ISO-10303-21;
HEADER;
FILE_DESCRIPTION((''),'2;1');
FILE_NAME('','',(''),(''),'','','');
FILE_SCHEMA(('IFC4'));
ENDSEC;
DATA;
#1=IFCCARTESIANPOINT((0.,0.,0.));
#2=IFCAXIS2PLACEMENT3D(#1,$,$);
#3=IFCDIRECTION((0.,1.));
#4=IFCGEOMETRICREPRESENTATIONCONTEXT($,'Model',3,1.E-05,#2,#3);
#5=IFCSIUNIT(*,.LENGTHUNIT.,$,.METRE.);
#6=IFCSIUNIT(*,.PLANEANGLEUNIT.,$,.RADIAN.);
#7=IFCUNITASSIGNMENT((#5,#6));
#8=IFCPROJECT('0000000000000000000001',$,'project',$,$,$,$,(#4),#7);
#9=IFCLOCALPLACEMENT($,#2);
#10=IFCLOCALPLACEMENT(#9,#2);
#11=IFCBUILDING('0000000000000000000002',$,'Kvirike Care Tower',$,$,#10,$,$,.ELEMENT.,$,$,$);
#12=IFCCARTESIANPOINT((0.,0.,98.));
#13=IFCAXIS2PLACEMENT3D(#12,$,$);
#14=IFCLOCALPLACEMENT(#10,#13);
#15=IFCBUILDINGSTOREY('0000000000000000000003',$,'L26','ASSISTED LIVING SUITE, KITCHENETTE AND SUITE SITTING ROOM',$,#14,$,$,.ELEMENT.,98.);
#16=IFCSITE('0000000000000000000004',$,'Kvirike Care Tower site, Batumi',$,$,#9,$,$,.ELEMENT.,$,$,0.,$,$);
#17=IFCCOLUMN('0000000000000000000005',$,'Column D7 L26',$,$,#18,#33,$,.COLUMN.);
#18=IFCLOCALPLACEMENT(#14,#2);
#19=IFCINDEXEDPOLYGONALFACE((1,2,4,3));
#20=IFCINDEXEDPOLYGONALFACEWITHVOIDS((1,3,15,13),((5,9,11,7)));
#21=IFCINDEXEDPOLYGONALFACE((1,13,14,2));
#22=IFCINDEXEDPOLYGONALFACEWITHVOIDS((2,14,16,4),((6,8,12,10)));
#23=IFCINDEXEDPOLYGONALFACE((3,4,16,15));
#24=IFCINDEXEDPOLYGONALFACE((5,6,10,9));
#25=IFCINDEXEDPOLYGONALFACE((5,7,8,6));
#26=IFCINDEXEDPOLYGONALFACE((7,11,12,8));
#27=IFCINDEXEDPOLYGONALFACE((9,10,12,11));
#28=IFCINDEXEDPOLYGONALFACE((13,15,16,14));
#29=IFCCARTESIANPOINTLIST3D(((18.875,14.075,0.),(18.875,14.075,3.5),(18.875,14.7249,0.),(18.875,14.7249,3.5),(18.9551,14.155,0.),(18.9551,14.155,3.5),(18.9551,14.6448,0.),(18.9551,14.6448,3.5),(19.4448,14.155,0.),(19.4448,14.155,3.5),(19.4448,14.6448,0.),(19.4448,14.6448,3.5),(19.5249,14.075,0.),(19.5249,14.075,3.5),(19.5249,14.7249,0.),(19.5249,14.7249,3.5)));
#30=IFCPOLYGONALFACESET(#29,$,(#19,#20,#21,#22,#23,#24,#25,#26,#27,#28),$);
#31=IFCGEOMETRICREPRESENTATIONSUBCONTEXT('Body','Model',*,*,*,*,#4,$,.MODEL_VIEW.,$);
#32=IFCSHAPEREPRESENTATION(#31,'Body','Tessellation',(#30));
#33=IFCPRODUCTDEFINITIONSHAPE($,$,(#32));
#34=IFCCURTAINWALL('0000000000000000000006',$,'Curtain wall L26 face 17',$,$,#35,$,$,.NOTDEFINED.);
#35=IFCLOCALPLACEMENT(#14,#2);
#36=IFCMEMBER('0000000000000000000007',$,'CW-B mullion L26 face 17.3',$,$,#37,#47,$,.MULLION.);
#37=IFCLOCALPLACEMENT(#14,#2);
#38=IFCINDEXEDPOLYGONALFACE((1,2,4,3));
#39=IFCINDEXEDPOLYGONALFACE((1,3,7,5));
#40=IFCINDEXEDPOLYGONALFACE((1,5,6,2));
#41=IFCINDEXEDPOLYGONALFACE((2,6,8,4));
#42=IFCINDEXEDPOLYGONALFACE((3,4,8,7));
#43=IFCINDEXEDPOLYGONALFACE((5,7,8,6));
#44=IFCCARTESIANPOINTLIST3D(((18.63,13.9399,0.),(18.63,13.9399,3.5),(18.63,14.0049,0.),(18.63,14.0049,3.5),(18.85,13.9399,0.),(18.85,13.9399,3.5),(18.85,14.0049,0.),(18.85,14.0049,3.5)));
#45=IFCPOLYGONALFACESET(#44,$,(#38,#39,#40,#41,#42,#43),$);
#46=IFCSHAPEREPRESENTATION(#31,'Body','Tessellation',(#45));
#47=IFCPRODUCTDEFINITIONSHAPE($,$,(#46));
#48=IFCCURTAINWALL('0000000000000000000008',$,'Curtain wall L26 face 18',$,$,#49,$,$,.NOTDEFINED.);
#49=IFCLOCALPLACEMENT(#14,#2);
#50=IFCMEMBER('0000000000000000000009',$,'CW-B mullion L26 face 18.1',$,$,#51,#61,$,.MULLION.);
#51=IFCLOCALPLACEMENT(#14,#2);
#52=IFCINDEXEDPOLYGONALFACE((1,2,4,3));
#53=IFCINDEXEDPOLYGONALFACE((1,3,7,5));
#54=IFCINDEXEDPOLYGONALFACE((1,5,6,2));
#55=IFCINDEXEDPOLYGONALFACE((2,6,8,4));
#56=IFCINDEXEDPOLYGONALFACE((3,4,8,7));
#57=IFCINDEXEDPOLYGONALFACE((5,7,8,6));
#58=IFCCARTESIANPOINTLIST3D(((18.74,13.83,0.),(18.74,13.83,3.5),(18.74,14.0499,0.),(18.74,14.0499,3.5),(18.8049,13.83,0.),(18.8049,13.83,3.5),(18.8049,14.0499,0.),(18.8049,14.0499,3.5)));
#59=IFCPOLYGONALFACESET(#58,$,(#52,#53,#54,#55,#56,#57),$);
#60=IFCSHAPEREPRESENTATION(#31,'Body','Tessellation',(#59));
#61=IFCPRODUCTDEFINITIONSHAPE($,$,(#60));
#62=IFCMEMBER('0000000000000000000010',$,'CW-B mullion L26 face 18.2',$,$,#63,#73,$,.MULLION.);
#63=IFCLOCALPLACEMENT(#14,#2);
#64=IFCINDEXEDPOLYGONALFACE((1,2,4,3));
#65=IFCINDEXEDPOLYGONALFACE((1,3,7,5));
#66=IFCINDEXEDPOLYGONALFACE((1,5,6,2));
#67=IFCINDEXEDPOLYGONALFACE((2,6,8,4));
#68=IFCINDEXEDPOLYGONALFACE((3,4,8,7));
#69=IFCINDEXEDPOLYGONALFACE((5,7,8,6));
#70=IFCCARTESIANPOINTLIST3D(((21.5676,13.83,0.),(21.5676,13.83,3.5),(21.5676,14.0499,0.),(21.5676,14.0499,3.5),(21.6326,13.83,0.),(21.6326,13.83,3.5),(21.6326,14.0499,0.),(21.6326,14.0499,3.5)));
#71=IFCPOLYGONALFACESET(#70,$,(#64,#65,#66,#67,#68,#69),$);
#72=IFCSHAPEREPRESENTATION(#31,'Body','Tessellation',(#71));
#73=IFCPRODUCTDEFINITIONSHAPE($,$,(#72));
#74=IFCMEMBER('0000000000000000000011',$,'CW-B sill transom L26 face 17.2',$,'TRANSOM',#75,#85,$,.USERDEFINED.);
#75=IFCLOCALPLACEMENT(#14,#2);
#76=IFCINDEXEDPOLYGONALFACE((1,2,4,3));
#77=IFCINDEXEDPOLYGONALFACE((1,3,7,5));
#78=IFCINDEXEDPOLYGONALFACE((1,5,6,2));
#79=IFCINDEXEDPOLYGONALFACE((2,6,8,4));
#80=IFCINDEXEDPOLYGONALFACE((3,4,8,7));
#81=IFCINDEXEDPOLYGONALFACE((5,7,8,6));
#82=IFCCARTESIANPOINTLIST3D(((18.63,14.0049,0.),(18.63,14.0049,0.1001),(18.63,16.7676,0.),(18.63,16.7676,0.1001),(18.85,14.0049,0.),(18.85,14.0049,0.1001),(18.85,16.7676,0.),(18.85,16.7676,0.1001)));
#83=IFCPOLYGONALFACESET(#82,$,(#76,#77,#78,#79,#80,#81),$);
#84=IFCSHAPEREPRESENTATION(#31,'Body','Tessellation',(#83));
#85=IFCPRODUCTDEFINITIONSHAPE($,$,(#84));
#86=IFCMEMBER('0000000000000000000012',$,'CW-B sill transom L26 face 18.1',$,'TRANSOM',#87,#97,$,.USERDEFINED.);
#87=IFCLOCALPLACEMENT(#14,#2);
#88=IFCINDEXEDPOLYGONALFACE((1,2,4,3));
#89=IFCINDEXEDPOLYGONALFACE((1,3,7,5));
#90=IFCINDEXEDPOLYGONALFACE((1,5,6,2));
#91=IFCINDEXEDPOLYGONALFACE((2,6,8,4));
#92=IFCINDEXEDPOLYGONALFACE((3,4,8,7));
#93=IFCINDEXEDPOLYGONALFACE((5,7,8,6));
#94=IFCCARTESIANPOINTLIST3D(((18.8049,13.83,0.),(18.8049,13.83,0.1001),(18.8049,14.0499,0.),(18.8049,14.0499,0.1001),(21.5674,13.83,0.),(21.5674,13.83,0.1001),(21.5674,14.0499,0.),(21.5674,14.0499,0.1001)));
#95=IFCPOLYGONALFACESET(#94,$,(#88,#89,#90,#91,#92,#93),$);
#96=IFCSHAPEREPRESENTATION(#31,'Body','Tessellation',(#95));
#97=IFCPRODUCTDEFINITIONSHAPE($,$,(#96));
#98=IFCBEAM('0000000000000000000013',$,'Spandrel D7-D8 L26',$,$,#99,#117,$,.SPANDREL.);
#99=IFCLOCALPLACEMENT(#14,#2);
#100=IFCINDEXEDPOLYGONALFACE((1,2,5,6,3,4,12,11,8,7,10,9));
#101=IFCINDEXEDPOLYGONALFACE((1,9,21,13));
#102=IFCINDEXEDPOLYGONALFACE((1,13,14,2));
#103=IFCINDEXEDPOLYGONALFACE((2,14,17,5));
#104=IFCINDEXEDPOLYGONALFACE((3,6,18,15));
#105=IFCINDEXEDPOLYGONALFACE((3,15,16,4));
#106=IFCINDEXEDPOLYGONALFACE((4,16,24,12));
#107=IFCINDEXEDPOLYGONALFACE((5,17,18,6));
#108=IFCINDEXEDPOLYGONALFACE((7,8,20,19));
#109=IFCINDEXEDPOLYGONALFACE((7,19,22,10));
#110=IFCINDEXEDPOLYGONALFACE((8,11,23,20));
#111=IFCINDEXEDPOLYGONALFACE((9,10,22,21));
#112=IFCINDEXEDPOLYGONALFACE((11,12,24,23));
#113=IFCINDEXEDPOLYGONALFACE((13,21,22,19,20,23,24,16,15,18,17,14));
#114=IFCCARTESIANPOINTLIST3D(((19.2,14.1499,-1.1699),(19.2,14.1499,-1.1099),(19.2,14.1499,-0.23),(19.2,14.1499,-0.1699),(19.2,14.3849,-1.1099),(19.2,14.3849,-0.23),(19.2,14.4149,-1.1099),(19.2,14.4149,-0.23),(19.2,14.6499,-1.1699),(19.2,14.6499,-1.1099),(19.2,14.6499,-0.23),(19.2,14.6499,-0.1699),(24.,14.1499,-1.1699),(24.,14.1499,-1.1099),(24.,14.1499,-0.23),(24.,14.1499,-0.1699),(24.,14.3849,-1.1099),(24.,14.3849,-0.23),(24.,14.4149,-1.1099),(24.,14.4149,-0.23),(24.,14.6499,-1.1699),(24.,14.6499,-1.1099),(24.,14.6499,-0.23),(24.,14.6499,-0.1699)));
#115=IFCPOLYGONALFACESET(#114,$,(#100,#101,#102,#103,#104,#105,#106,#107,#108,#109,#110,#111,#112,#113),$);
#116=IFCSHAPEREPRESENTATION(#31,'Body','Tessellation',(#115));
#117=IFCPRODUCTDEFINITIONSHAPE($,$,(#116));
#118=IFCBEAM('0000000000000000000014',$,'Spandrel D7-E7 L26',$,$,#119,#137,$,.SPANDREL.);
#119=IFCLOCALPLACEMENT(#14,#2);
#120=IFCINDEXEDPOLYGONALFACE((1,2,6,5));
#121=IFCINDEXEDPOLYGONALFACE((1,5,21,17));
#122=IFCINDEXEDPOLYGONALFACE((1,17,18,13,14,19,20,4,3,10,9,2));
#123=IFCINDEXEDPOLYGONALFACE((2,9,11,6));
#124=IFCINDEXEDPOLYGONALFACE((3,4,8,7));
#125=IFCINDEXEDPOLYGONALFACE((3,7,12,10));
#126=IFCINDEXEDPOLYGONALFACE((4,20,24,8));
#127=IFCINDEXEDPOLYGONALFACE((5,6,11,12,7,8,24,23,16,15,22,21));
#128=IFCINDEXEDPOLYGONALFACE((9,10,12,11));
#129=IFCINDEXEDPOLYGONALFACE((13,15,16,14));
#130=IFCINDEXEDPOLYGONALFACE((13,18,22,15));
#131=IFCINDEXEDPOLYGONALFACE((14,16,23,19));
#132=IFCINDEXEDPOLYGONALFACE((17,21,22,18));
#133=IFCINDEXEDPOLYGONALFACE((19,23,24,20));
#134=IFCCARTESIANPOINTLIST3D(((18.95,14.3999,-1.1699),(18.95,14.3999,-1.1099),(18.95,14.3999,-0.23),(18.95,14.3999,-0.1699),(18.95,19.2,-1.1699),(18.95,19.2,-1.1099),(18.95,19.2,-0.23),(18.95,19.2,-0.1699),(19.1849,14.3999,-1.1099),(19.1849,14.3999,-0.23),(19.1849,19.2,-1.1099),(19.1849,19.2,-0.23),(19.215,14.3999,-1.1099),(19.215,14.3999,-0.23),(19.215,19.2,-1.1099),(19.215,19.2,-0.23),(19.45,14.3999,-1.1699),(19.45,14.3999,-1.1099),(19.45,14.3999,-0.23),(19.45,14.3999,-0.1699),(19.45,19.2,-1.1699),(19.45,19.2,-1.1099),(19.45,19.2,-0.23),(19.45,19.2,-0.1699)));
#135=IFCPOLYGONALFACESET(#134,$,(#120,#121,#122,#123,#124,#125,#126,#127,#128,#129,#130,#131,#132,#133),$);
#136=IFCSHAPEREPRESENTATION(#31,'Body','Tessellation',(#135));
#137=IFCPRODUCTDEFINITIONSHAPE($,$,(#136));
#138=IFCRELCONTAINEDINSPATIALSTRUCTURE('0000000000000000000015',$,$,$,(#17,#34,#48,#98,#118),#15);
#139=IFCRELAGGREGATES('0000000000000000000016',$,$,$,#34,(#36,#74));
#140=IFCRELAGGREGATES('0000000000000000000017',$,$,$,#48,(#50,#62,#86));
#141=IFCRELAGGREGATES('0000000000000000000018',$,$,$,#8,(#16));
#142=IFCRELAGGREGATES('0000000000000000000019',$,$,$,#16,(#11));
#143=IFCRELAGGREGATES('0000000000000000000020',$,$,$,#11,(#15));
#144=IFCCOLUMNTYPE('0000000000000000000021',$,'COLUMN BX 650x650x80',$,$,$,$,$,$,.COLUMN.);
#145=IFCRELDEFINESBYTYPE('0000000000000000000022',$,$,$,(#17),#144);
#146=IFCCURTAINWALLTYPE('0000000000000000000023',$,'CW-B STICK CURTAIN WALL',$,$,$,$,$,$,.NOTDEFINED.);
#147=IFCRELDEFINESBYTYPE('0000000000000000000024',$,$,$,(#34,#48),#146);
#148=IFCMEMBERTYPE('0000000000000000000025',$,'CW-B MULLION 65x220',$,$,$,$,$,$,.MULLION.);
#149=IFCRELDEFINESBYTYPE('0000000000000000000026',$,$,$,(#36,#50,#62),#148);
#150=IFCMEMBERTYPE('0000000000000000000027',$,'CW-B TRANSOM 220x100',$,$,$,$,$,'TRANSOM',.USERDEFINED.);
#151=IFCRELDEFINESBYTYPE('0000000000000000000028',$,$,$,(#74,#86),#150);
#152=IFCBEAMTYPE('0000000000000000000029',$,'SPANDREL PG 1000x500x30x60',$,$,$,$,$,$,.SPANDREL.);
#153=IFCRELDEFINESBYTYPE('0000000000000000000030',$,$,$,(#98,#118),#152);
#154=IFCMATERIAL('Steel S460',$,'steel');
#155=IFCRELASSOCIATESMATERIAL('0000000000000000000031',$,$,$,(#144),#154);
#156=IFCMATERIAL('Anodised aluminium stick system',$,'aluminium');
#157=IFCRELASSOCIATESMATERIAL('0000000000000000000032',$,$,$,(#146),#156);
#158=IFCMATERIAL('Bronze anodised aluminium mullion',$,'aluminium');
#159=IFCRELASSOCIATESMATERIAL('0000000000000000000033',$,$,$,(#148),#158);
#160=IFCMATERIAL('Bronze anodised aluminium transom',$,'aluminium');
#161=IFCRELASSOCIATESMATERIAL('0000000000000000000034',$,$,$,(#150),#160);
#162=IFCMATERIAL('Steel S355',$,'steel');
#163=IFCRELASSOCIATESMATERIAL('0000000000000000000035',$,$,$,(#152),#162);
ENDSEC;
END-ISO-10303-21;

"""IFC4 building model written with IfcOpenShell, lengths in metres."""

from ifc_helpers import new_model, si_unit, direction, frame, origin, origin_2d, place, context, subcontext, project, spatial, rectangle, hollow_rectangle, i_section, extrude, material, material_profile, profile_set, type_object, element, aggregate, save


model = new_model("IFC4")

# Units and contexts
model_context = context("Model", 3, precision=1e-05, world=origin(), true_north=direction((0.0, 1.0)))
body_context = subcontext(model_context, "Body", "Model", "MODEL_VIEW")
ifc_project = project(units=[si_unit("LENGTHUNIT", "METRE"), si_unit("PLANEANGLEUNIT", "RADIAN")], contexts=[model_context])

# Site, building, storey
site_placement = place(None, origin())
site = spatial("IfcSite", under=ifc_project, at=site_placement, Name="Kvirike Care Tower site, Batumi", CompositionType="ELEMENT", RefElevation=0.0)
building_placement = place(site_placement, origin())
building = spatial("IfcBuilding", under=site, at=building_placement, Name="Kvirike Care Tower", CompositionType="ELEMENT")
storey_placement = place(building_placement, frame((0.0, 0.0, 98.0)))
storey = spatial("IfcBuildingStorey", under=building, at=storey_placement, Name="L26", Description="ASSISTED LIVING SUITE, KITCHENETTE AND SUITE SITTING ROOM", CompositionType="ELEMENT", Elevation=98.0)

# Column
ifc_material_1 = material(Name="Steel S460", Category="steel")
ifc_material_profile_1 = material_profile(ifc_material_1, hollow_rectangle(XDim=0.6499, YDim=0.6499, WallThickness=0.0801, at=origin_2d()), Name="BX 650x650x80")
ifc_profile_set_1 = profile_set([ifc_material_profile_1], Name="Steel S460")
column_type = type_object("IfcColumnType", Name="COLUMN BX 650x650x80", PredefinedType="COLUMN", material=ifc_profile_set_1)
column_placement = place(storey_placement, frame((19.2, 14.3999, 0.0), z_axis=(0.0, 0.0, 1.0), x_axis=(0.0, 1.0, 0.0)))
element("IfcColumn", 1, at=column_placement, inside=storey, type_object=column_type, Name="Column D7 L26", PredefinedType="COLUMN", context=body_context, shape_type="SweptSolid", body=[
    extrude(hollow_rectangle(XDim=0.6499, YDim=0.6499, WallThickness=0.0801, at=origin_2d()), origin(), (0.0, 0.0, 1.0), 3.5),
])

# Curtain wall, member
ifc_material_2 = material(Name="Anodised aluminium stick system", Category="aluminium")
curtain_wall_type = type_object("IfcCurtainWallType", Name="CW-B STICK CURTAIN WALL", PredefinedType="NOTDEFINED", material=ifc_material_2)
curtain_wall_1_placement = place(storey_placement, origin())
curtain_wall_1 = element("IfcCurtainWall", 2, at=curtain_wall_1_placement, inside=storey, type_object=curtain_wall_type, Name="Curtain wall L26 face 17", PredefinedType="NOTDEFINED")
ifc_material_3 = material(Name="Bronze anodised aluminium mullion", Category="aluminium")
ifc_material_profile_2 = material_profile(ifc_material_3, rectangle(XDim=0.0649, YDim=0.22, at=origin_2d()), Name="CW-B MULLION 65x220")
ifc_profile_set_2 = profile_set([ifc_material_profile_2], Name="Bronze anodised aluminium mullion")
member_type_1 = type_object("IfcMemberType", Name="CW-B MULLION 65x220", PredefinedType="MULLION", material=ifc_profile_set_2)
member_1_placement = place(storey_placement, frame((18.74, 13.9724, 0.0), z_axis=(0.0, 0.0, 1.0), x_axis=(0.0, -1.0, 0.0)))
member_1 = element("IfcMember", 3, at=member_1_placement, type_object=member_type_1, Name="CW-B mullion L26 face 17.3", PredefinedType="MULLION", context=body_context, shape_type="SweptSolid", body=[
    extrude(rectangle(XDim=0.0649, YDim=0.22, at=origin_2d()), origin(), (0.0, 0.0, 1.0), 3.5),
])

# Curtain wall, members
curtain_wall_2_placement = place(storey_placement, origin())
curtain_wall_2 = element("IfcCurtainWall", 4, at=curtain_wall_2_placement, inside=storey, type_object=curtain_wall_type, Name="Curtain wall L26 face 18", PredefinedType="NOTDEFINED")
member_2_placement = place(storey_placement, frame((18.7725, 13.9399, 0.0), z_axis=(0.0, 0.0, 1.0), x_axis=(1.0, 0.0, 0.0)))
member_2 = element("IfcMember", 5, at=member_2_placement, type_object=member_type_1, Name="CW-B mullion L26 face 18.1", PredefinedType="MULLION", context=body_context, shape_type="SweptSolid", body=[
    extrude(rectangle(XDim=0.0649, YDim=0.22, at=origin_2d()), origin(), (0.0, 0.0, 1.0), 3.5),
])
member_3_placement = place(storey_placement, frame((21.6001, 13.9399, 0.0), z_axis=(0.0, 0.0, 1.0), x_axis=(1.0, 0.0, 0.0)))
member_3 = element("IfcMember", 6, at=member_3_placement, type_object=member_type_1, Name="CW-B mullion L26 face 18.2", PredefinedType="MULLION", context=body_context, shape_type="SweptSolid", body=[
    extrude(rectangle(XDim=0.0649, YDim=0.22, at=origin_2d()), origin(), (0.0, 0.0, 1.0), 3.5),
])

# Members
ifc_material_4 = material(Name="Bronze anodised aluminium transom", Category="aluminium")
ifc_material_profile_3 = material_profile(ifc_material_4, rectangle(XDim=0.22, YDim=0.1001, at=origin_2d()), Name="CW-B TRANSOM 220x100")
ifc_profile_set_3 = profile_set([ifc_material_profile_3], Name="Bronze anodised aluminium transom")
member_type_2 = type_object("IfcMemberType", Name="CW-B TRANSOM 220x100", ElementType="TRANSOM", PredefinedType="USERDEFINED", material=ifc_profile_set_3)
member_4_placement = place(storey_placement, frame((18.74, 16.7676, 0.05), z_axis=(0.0, -1.0, 0.0), x_axis=(1.0, 0.0, 0.0)))
member_4 = element("IfcMember", 7, at=member_4_placement, type_object=member_type_2, Name="CW-B sill transom L26 face 17.2", ObjectType="TRANSOM", PredefinedType="USERDEFINED", context=body_context, shape_type="SweptSolid", body=[
    extrude(rectangle(XDim=0.22, YDim=0.1001, at=origin_2d()), origin(), (0.0, 0.0, 1.0), 2.7627),
])
member_5_placement = place(storey_placement, frame((18.8049, 13.9399, 0.05), z_axis=(1.0, 0.0, 0.0), x_axis=(0.0, 1.0, 0.0)))
member_5 = element("IfcMember", 8, at=member_5_placement, type_object=member_type_2, Name="CW-B sill transom L26 face 18.1", ObjectType="TRANSOM", PredefinedType="USERDEFINED", context=body_context, shape_type="SweptSolid", body=[
    extrude(rectangle(XDim=0.22, YDim=0.1001, at=origin_2d()), origin(), (0.0, 0.0, 1.0), 2.7625),
])

# Beams
ifc_material_5 = material(Name="Steel S355", Category="steel")
ifc_material_profile_4 = material_profile(ifc_material_5, i_section(OverallWidth=0.5, OverallDepth=1.0, WebThickness=0.03, FlangeThickness=0.0601, at=origin_2d()), Name="PG 1000x500x30x60")
ifc_profile_set_4 = profile_set([ifc_material_profile_4], Name="Steel S355")
beam_type = type_object("IfcBeamType", Name="SPANDREL PG 1000x500x30x60", PredefinedType="SPANDREL", material=ifc_profile_set_4)
for number, where, z_axis, x_axis, name in (
    (9, (19.2, 14.3999, -0.6699), (1.0, 0.0, 0.0), (0.0, 1.0, 0.0), "Spandrel D7-D8 L26"),
    (10, (19.2, 14.3999, -0.6699), (0.0, 1.0, 0.0), (-1.0, 0.0, 0.0), "Spandrel D7-E7 L26"),
):
    element("IfcBeam", number, at=place(storey_placement, frame(where, z_axis=z_axis, x_axis=x_axis)), inside=storey, type_object=beam_type, Name=name, PredefinedType="SPANDREL", context=body_context, shape_type="SweptSolid", body=[
        extrude(i_section(OverallWidth=0.5, OverallDepth=1.0, WebThickness=0.03, FlangeThickness=0.0601, at=origin_2d()), origin(), (0.0, 0.0, 1.0), 4.8),
    ])

aggregate(curtain_wall_1, [member_1, member_4])
aggregate(curtain_wall_2, [member_2, member_3, member_5])

save(model, "model.ifc")
